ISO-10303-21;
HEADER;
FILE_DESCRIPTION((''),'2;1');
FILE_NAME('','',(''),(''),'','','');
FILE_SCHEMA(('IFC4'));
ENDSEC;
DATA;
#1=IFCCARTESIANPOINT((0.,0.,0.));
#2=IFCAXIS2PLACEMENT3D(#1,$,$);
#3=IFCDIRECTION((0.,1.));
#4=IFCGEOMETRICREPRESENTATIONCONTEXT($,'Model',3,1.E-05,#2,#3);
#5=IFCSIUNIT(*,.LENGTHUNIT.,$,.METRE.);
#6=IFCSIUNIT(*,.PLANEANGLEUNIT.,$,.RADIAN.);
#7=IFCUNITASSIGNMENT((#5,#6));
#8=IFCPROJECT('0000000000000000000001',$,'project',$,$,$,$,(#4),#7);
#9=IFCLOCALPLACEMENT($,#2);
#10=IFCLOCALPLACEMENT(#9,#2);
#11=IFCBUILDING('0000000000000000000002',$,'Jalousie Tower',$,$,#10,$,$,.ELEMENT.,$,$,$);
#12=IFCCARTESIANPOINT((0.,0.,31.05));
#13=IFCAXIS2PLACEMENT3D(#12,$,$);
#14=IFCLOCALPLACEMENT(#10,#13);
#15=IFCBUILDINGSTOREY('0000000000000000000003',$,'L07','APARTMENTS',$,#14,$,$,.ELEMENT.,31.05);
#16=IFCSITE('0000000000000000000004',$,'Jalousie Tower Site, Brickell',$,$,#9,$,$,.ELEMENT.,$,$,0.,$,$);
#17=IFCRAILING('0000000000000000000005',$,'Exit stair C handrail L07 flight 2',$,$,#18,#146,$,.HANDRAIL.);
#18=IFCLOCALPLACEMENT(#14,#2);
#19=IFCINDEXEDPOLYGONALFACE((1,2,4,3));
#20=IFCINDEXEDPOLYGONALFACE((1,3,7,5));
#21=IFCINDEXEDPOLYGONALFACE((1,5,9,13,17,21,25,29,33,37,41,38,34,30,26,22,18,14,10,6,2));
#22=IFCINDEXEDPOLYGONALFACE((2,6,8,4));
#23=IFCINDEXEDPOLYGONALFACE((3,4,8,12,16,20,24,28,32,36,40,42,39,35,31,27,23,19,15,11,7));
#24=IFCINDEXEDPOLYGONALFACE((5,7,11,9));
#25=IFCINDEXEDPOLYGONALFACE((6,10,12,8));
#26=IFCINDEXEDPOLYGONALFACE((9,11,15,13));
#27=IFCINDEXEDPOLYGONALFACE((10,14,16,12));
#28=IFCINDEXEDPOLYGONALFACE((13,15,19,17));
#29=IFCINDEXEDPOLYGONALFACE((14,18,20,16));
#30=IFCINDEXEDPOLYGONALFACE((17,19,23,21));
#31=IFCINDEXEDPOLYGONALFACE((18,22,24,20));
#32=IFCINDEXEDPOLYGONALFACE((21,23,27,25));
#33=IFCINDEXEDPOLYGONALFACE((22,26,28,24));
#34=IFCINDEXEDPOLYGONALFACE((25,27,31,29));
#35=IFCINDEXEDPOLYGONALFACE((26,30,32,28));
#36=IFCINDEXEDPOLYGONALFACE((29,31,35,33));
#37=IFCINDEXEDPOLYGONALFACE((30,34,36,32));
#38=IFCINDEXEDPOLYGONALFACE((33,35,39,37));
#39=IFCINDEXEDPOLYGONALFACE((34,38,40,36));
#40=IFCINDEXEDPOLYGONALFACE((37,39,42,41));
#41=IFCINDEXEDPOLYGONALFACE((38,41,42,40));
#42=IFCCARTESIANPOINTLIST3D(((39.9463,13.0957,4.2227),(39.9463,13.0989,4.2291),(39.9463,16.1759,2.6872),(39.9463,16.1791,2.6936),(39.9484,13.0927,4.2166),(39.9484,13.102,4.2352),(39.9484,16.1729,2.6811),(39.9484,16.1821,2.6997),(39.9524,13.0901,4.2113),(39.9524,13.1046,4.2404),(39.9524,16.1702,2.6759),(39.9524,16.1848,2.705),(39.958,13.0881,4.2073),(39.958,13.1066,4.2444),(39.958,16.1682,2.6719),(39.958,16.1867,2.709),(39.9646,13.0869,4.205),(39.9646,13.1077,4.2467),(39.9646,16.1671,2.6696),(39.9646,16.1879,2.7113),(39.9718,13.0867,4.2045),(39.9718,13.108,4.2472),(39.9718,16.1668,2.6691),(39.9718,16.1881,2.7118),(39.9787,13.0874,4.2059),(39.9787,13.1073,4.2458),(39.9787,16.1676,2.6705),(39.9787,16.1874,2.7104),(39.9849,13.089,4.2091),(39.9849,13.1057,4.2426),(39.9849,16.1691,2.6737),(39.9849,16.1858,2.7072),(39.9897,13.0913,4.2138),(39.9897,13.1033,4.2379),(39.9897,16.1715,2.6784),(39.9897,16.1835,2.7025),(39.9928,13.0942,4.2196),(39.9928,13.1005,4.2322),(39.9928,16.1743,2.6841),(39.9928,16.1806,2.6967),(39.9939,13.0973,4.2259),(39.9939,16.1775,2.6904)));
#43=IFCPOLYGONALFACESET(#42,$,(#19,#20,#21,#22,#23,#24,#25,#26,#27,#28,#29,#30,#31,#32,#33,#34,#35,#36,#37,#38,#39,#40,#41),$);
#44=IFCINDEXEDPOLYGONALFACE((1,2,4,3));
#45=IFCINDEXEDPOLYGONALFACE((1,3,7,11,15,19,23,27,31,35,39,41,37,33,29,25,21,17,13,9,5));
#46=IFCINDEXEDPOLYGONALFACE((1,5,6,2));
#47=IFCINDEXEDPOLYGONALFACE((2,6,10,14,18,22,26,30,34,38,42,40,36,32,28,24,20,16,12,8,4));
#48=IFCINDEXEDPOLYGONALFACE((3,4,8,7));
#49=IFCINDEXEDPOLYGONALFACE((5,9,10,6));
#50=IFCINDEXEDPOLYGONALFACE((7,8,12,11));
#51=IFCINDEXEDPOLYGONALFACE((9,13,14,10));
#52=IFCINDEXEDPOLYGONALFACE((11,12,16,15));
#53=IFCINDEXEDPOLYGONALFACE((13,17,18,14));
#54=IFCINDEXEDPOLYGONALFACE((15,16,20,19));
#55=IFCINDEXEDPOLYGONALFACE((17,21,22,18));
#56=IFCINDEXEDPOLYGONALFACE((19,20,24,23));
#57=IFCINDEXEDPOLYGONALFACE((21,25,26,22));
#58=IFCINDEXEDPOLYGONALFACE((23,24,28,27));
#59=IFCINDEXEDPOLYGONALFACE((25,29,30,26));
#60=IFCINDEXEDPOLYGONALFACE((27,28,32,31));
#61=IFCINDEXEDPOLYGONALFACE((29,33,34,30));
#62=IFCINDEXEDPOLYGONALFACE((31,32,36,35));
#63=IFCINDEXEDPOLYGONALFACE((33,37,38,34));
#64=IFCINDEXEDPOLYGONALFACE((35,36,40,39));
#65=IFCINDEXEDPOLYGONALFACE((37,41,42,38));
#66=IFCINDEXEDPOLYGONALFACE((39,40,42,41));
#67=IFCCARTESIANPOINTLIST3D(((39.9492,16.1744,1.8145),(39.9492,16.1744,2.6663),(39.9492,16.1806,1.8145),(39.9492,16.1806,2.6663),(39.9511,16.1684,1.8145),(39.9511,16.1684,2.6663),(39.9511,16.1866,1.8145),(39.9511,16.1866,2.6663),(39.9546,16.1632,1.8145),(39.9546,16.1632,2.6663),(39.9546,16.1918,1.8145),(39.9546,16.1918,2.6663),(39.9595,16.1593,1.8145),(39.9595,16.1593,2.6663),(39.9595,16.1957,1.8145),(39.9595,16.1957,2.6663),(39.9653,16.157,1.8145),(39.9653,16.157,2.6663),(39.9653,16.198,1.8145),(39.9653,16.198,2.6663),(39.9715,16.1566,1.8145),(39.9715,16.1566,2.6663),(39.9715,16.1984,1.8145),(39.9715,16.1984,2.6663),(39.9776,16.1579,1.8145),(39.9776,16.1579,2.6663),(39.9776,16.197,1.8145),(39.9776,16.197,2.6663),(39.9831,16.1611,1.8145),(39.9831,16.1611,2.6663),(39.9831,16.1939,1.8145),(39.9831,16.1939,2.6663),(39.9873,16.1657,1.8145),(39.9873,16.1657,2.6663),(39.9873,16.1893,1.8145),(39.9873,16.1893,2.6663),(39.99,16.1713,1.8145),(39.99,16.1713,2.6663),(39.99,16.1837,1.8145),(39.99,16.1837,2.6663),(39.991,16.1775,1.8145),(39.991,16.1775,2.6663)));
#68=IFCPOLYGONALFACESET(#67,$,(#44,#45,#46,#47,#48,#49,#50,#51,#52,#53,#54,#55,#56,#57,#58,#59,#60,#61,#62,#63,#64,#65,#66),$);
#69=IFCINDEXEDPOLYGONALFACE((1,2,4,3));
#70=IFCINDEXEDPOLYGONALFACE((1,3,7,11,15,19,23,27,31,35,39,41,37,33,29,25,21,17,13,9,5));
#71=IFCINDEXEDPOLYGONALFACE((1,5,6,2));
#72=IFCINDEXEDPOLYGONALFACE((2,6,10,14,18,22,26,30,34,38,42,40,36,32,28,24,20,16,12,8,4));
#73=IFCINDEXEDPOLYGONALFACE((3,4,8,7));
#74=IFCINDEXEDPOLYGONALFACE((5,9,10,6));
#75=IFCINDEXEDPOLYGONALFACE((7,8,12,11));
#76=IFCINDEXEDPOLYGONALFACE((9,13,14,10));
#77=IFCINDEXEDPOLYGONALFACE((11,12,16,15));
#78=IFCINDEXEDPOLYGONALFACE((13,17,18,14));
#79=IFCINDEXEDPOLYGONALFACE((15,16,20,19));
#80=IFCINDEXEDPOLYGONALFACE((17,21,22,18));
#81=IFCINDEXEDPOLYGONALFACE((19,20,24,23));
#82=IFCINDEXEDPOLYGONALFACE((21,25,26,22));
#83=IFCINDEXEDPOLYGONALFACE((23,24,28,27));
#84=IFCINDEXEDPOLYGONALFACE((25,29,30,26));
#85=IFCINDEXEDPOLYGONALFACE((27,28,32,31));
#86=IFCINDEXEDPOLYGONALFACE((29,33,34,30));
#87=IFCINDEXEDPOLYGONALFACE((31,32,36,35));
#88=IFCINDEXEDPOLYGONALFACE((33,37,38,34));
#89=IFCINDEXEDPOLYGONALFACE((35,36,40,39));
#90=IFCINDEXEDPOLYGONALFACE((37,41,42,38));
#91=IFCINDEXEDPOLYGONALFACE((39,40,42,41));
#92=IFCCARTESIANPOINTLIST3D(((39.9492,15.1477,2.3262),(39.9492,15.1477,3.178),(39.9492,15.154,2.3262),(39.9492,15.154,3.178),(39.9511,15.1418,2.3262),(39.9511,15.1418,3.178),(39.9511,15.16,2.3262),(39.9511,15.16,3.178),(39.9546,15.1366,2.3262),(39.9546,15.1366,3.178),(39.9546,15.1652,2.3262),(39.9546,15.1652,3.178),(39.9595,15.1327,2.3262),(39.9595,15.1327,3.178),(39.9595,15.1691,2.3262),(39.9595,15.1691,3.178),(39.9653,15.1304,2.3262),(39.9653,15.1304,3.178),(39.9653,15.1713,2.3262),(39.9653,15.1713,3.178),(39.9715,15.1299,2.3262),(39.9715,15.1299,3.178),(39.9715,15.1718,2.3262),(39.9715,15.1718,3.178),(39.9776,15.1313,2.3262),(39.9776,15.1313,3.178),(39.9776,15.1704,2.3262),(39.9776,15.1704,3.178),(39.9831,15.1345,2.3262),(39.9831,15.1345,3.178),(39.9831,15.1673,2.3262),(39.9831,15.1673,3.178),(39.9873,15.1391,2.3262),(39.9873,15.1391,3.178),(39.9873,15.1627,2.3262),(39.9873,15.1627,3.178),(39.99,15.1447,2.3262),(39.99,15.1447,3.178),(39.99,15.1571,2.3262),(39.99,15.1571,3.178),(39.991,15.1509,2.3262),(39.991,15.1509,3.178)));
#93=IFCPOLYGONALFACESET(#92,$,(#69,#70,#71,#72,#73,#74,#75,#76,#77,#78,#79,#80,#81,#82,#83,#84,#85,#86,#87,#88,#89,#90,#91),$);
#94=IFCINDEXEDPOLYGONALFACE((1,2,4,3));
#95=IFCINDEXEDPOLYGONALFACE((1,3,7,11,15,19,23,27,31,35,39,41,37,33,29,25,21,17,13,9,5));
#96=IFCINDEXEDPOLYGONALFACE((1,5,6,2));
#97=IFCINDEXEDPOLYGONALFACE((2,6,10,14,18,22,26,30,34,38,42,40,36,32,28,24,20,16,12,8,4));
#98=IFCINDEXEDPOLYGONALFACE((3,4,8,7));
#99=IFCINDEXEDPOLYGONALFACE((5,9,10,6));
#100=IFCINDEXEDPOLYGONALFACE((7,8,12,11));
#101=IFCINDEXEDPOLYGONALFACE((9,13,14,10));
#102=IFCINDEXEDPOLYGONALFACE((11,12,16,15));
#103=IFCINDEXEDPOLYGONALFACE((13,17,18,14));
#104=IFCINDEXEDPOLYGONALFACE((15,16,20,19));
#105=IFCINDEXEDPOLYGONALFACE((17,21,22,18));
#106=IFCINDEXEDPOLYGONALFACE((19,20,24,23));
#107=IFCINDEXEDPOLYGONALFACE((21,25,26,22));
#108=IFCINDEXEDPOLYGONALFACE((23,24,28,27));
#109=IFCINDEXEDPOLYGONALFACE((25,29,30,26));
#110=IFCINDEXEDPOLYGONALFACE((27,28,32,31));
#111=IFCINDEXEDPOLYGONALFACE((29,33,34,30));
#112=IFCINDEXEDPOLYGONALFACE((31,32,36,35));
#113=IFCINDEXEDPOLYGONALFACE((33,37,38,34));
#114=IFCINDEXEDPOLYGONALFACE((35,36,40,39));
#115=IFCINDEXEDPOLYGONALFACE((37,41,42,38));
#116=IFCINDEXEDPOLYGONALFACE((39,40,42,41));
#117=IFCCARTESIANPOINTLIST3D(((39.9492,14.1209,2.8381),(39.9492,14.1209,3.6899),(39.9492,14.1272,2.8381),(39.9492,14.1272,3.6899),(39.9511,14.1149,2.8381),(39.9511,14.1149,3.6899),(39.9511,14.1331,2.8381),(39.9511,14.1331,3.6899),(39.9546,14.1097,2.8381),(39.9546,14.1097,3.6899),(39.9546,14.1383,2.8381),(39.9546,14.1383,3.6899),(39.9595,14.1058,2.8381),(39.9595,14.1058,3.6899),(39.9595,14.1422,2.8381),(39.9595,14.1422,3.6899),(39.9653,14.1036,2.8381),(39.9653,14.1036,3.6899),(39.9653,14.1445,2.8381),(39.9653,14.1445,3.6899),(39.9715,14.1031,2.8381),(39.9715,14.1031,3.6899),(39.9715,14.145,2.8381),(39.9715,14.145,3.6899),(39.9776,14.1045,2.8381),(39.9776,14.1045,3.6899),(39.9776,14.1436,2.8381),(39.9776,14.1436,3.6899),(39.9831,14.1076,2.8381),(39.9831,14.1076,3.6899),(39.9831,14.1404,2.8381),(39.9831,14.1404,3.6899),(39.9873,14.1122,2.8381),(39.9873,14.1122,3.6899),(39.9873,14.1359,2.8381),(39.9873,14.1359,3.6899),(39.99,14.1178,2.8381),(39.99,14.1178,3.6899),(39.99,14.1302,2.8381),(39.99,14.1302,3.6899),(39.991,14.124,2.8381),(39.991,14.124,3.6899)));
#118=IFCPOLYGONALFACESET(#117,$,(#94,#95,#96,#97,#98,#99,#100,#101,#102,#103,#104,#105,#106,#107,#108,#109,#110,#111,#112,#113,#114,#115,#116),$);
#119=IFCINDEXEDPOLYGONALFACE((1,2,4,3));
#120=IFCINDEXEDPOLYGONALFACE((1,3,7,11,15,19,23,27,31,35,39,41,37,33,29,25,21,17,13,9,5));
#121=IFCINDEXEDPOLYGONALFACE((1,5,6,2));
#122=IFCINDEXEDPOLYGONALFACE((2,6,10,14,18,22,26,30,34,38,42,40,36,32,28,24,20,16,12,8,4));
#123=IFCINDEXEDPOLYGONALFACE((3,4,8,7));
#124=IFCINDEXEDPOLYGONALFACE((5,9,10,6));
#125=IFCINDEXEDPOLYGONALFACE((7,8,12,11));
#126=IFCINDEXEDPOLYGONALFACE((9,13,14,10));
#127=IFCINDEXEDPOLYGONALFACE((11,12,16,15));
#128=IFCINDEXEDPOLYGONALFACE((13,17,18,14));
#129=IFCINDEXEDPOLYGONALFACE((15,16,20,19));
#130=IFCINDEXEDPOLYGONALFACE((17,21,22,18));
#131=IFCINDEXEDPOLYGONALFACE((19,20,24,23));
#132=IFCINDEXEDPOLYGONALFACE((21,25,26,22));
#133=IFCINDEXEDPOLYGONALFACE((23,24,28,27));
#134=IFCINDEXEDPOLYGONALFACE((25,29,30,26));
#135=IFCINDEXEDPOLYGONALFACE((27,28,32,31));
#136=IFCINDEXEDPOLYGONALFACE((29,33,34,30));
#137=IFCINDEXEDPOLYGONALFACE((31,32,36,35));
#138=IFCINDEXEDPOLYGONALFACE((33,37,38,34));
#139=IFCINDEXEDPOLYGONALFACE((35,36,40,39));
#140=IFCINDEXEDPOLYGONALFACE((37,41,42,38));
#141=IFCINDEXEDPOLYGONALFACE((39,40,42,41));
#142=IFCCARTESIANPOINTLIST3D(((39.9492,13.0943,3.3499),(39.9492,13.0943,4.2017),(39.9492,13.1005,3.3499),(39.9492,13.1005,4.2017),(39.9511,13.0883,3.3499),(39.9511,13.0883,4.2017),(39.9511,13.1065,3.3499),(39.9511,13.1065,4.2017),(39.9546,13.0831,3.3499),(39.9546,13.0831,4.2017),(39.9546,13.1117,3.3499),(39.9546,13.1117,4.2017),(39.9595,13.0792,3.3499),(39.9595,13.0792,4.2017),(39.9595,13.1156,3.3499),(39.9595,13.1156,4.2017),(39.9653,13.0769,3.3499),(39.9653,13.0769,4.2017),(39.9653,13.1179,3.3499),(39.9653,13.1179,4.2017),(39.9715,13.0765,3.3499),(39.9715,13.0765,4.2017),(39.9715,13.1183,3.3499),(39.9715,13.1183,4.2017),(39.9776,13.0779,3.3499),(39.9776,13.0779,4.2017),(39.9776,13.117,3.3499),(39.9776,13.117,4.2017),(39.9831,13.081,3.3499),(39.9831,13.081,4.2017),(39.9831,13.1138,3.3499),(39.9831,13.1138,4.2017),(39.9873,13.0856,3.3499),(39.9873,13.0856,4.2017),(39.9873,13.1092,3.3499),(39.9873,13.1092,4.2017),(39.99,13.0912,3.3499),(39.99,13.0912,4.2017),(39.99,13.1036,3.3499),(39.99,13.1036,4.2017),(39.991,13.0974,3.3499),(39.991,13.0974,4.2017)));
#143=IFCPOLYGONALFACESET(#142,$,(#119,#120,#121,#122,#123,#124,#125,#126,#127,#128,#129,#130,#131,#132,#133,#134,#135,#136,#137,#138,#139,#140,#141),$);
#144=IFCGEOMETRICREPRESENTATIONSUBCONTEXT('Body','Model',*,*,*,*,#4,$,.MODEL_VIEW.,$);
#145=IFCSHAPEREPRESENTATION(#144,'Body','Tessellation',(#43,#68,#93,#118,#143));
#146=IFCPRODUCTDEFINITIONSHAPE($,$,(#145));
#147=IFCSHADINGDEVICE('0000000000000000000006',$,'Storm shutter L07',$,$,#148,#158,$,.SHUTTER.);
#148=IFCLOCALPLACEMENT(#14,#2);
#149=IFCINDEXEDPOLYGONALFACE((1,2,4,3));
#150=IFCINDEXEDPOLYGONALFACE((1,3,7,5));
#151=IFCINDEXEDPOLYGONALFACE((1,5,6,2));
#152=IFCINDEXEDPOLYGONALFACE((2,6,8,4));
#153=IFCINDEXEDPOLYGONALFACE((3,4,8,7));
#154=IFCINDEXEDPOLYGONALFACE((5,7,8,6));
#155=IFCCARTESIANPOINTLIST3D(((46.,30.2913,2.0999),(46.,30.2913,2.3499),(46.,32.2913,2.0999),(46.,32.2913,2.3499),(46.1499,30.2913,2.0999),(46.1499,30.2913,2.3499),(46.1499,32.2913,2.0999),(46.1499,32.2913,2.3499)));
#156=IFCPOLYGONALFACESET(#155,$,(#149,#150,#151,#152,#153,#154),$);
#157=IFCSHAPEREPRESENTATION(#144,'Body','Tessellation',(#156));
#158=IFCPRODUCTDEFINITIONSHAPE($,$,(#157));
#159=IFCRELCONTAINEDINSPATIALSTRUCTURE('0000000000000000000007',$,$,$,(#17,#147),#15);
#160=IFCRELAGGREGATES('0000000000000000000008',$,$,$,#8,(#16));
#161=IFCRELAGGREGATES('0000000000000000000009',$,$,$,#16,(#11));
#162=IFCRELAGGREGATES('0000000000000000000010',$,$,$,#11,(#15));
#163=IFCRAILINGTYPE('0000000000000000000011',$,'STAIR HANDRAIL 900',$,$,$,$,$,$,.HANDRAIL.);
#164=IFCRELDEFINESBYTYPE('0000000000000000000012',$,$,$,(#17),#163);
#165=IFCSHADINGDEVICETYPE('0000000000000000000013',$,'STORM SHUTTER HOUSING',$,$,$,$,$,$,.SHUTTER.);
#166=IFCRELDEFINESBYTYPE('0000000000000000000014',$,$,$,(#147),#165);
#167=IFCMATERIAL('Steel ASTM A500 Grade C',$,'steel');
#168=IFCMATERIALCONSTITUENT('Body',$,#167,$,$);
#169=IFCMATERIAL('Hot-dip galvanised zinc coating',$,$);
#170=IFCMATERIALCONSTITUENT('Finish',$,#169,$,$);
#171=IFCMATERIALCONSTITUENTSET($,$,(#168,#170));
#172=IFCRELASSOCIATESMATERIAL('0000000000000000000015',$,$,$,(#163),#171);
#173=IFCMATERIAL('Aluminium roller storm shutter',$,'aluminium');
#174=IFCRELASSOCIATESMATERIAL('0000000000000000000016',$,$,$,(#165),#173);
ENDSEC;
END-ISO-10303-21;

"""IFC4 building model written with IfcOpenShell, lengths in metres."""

from ifc_helpers import new_model, si_unit, direction, frame, origin, origin_2d, place, context, subcontext, project, spatial, rectangle, circle, extrude, material, constituent, constituent_set, type_object, element, save


model = new_model("IFC4")

# Units and contexts
model_context = context("Model", 3, precision=1e-05, world=origin(), true_north=direction((0.0, 1.0)))
body_context = subcontext(model_context, "Body", "Model", "MODEL_VIEW")
ifc_project = project(units=[si_unit("LENGTHUNIT", "METRE"), si_unit("PLANEANGLEUNIT", "RADIAN")], contexts=[model_context])

# Site, building, storey
site_placement = place(None, origin())
site = spatial("IfcSite", under=ifc_project, at=site_placement, Name="Jalousie Tower Site, Brickell", CompositionType="ELEMENT", RefElevation=0.0)
building_placement = place(site_placement, origin())
building = spatial("IfcBuilding", under=site, at=building_placement, Name="Jalousie Tower", CompositionType="ELEMENT")
storey_placement = place(building_placement, frame((0.0, 0.0, 31.05)))
storey = spatial("IfcBuildingStorey", under=building, at=storey_placement, Name="L07", Description="APARTMENTS", CompositionType="ELEMENT", Elevation=31.05)

# Railing
ifc_material_1 = material(Name="Steel ASTM A500 Grade C", Category="steel")
ifc_constituent_1 = constituent(ifc_material_1, Name="Body")
ifc_material_2 = material(Name="Hot-dip galvanised zinc coating")
ifc_constituent_2 = constituent(ifc_material_2, Name="Finish")
ifc_constituent_set_1 = constituent_set(constituents=[ifc_constituent_1, ifc_constituent_2])
railing_type_1 = type_object("IfcRailingType", Name="STAIR HANDRAIL 900", PredefinedType="HANDRAIL", material=ifc_constituent_set_1)
railing_1_placement = place(storey_placement, frame((39.97, 16.1775, 1.8145)))
element("IfcRailing", 1, at=railing_1_placement, inside=storey, type_object=railing_type_1, Name="Exit stair C handrail L07 flight 2", PredefinedType="HANDRAIL", context=body_context, shape_type="SweptSolid", body=[
    extrude(circle(Radius=0.0239, at=origin_2d()), frame((0.0, 0.0, 0.876), z_axis=(0.0, -0.894966, 0.446135), x_axis=(1.0, 0.0, 0.0)), (0.0, 0.0, 1.0), 3.4417),
    extrude(circle(Radius=0.021, at=origin_2d()), origin(), (0.0, 0.0, 1.0), 0.8518),
    extrude(circle(Radius=0.021, at=origin_2d()), frame((0.0, -1.0266, 0.5117)), (0.0, 0.0, 1.0), 0.8518),
    extrude(circle(Radius=0.021, at=origin_2d()), frame((0.0, -2.0535, 1.0237)), (0.0, 0.0, 1.0), 0.8518),
    extrude(circle(Radius=0.021, at=origin_2d()), frame((0.0, -3.0801, 1.5354)), (0.0, 0.0, 1.0), 0.8518),
])

# Shading device
ifc_material_3 = material(Name="Aluminium roller storm shutter", Category="aluminium")
shading_device_type = type_object("IfcShadingDeviceType", Name="STORM SHUTTER HOUSING", PredefinedType="SHUTTER", material=ifc_material_3)
shading_device_placement = place(storey_placement, frame((46.075, 31.2913, 2.0999), z_axis=(0.0, 0.0, 1.0), x_axis=(0.0, 1.0, 0.0)))
element("IfcShadingDevice", 2, at=shading_device_placement, inside=storey, type_object=shading_device_type, Name="Storm shutter L07", PredefinedType="SHUTTER", context=body_context, shape_type="SweptSolid", body=[
    extrude(rectangle(XDim=2.0, YDim=0.1499, at=origin_2d()), origin(), (0.0, 0.0, 1.0), 0.25),
])

save(model, "model.ifc")
